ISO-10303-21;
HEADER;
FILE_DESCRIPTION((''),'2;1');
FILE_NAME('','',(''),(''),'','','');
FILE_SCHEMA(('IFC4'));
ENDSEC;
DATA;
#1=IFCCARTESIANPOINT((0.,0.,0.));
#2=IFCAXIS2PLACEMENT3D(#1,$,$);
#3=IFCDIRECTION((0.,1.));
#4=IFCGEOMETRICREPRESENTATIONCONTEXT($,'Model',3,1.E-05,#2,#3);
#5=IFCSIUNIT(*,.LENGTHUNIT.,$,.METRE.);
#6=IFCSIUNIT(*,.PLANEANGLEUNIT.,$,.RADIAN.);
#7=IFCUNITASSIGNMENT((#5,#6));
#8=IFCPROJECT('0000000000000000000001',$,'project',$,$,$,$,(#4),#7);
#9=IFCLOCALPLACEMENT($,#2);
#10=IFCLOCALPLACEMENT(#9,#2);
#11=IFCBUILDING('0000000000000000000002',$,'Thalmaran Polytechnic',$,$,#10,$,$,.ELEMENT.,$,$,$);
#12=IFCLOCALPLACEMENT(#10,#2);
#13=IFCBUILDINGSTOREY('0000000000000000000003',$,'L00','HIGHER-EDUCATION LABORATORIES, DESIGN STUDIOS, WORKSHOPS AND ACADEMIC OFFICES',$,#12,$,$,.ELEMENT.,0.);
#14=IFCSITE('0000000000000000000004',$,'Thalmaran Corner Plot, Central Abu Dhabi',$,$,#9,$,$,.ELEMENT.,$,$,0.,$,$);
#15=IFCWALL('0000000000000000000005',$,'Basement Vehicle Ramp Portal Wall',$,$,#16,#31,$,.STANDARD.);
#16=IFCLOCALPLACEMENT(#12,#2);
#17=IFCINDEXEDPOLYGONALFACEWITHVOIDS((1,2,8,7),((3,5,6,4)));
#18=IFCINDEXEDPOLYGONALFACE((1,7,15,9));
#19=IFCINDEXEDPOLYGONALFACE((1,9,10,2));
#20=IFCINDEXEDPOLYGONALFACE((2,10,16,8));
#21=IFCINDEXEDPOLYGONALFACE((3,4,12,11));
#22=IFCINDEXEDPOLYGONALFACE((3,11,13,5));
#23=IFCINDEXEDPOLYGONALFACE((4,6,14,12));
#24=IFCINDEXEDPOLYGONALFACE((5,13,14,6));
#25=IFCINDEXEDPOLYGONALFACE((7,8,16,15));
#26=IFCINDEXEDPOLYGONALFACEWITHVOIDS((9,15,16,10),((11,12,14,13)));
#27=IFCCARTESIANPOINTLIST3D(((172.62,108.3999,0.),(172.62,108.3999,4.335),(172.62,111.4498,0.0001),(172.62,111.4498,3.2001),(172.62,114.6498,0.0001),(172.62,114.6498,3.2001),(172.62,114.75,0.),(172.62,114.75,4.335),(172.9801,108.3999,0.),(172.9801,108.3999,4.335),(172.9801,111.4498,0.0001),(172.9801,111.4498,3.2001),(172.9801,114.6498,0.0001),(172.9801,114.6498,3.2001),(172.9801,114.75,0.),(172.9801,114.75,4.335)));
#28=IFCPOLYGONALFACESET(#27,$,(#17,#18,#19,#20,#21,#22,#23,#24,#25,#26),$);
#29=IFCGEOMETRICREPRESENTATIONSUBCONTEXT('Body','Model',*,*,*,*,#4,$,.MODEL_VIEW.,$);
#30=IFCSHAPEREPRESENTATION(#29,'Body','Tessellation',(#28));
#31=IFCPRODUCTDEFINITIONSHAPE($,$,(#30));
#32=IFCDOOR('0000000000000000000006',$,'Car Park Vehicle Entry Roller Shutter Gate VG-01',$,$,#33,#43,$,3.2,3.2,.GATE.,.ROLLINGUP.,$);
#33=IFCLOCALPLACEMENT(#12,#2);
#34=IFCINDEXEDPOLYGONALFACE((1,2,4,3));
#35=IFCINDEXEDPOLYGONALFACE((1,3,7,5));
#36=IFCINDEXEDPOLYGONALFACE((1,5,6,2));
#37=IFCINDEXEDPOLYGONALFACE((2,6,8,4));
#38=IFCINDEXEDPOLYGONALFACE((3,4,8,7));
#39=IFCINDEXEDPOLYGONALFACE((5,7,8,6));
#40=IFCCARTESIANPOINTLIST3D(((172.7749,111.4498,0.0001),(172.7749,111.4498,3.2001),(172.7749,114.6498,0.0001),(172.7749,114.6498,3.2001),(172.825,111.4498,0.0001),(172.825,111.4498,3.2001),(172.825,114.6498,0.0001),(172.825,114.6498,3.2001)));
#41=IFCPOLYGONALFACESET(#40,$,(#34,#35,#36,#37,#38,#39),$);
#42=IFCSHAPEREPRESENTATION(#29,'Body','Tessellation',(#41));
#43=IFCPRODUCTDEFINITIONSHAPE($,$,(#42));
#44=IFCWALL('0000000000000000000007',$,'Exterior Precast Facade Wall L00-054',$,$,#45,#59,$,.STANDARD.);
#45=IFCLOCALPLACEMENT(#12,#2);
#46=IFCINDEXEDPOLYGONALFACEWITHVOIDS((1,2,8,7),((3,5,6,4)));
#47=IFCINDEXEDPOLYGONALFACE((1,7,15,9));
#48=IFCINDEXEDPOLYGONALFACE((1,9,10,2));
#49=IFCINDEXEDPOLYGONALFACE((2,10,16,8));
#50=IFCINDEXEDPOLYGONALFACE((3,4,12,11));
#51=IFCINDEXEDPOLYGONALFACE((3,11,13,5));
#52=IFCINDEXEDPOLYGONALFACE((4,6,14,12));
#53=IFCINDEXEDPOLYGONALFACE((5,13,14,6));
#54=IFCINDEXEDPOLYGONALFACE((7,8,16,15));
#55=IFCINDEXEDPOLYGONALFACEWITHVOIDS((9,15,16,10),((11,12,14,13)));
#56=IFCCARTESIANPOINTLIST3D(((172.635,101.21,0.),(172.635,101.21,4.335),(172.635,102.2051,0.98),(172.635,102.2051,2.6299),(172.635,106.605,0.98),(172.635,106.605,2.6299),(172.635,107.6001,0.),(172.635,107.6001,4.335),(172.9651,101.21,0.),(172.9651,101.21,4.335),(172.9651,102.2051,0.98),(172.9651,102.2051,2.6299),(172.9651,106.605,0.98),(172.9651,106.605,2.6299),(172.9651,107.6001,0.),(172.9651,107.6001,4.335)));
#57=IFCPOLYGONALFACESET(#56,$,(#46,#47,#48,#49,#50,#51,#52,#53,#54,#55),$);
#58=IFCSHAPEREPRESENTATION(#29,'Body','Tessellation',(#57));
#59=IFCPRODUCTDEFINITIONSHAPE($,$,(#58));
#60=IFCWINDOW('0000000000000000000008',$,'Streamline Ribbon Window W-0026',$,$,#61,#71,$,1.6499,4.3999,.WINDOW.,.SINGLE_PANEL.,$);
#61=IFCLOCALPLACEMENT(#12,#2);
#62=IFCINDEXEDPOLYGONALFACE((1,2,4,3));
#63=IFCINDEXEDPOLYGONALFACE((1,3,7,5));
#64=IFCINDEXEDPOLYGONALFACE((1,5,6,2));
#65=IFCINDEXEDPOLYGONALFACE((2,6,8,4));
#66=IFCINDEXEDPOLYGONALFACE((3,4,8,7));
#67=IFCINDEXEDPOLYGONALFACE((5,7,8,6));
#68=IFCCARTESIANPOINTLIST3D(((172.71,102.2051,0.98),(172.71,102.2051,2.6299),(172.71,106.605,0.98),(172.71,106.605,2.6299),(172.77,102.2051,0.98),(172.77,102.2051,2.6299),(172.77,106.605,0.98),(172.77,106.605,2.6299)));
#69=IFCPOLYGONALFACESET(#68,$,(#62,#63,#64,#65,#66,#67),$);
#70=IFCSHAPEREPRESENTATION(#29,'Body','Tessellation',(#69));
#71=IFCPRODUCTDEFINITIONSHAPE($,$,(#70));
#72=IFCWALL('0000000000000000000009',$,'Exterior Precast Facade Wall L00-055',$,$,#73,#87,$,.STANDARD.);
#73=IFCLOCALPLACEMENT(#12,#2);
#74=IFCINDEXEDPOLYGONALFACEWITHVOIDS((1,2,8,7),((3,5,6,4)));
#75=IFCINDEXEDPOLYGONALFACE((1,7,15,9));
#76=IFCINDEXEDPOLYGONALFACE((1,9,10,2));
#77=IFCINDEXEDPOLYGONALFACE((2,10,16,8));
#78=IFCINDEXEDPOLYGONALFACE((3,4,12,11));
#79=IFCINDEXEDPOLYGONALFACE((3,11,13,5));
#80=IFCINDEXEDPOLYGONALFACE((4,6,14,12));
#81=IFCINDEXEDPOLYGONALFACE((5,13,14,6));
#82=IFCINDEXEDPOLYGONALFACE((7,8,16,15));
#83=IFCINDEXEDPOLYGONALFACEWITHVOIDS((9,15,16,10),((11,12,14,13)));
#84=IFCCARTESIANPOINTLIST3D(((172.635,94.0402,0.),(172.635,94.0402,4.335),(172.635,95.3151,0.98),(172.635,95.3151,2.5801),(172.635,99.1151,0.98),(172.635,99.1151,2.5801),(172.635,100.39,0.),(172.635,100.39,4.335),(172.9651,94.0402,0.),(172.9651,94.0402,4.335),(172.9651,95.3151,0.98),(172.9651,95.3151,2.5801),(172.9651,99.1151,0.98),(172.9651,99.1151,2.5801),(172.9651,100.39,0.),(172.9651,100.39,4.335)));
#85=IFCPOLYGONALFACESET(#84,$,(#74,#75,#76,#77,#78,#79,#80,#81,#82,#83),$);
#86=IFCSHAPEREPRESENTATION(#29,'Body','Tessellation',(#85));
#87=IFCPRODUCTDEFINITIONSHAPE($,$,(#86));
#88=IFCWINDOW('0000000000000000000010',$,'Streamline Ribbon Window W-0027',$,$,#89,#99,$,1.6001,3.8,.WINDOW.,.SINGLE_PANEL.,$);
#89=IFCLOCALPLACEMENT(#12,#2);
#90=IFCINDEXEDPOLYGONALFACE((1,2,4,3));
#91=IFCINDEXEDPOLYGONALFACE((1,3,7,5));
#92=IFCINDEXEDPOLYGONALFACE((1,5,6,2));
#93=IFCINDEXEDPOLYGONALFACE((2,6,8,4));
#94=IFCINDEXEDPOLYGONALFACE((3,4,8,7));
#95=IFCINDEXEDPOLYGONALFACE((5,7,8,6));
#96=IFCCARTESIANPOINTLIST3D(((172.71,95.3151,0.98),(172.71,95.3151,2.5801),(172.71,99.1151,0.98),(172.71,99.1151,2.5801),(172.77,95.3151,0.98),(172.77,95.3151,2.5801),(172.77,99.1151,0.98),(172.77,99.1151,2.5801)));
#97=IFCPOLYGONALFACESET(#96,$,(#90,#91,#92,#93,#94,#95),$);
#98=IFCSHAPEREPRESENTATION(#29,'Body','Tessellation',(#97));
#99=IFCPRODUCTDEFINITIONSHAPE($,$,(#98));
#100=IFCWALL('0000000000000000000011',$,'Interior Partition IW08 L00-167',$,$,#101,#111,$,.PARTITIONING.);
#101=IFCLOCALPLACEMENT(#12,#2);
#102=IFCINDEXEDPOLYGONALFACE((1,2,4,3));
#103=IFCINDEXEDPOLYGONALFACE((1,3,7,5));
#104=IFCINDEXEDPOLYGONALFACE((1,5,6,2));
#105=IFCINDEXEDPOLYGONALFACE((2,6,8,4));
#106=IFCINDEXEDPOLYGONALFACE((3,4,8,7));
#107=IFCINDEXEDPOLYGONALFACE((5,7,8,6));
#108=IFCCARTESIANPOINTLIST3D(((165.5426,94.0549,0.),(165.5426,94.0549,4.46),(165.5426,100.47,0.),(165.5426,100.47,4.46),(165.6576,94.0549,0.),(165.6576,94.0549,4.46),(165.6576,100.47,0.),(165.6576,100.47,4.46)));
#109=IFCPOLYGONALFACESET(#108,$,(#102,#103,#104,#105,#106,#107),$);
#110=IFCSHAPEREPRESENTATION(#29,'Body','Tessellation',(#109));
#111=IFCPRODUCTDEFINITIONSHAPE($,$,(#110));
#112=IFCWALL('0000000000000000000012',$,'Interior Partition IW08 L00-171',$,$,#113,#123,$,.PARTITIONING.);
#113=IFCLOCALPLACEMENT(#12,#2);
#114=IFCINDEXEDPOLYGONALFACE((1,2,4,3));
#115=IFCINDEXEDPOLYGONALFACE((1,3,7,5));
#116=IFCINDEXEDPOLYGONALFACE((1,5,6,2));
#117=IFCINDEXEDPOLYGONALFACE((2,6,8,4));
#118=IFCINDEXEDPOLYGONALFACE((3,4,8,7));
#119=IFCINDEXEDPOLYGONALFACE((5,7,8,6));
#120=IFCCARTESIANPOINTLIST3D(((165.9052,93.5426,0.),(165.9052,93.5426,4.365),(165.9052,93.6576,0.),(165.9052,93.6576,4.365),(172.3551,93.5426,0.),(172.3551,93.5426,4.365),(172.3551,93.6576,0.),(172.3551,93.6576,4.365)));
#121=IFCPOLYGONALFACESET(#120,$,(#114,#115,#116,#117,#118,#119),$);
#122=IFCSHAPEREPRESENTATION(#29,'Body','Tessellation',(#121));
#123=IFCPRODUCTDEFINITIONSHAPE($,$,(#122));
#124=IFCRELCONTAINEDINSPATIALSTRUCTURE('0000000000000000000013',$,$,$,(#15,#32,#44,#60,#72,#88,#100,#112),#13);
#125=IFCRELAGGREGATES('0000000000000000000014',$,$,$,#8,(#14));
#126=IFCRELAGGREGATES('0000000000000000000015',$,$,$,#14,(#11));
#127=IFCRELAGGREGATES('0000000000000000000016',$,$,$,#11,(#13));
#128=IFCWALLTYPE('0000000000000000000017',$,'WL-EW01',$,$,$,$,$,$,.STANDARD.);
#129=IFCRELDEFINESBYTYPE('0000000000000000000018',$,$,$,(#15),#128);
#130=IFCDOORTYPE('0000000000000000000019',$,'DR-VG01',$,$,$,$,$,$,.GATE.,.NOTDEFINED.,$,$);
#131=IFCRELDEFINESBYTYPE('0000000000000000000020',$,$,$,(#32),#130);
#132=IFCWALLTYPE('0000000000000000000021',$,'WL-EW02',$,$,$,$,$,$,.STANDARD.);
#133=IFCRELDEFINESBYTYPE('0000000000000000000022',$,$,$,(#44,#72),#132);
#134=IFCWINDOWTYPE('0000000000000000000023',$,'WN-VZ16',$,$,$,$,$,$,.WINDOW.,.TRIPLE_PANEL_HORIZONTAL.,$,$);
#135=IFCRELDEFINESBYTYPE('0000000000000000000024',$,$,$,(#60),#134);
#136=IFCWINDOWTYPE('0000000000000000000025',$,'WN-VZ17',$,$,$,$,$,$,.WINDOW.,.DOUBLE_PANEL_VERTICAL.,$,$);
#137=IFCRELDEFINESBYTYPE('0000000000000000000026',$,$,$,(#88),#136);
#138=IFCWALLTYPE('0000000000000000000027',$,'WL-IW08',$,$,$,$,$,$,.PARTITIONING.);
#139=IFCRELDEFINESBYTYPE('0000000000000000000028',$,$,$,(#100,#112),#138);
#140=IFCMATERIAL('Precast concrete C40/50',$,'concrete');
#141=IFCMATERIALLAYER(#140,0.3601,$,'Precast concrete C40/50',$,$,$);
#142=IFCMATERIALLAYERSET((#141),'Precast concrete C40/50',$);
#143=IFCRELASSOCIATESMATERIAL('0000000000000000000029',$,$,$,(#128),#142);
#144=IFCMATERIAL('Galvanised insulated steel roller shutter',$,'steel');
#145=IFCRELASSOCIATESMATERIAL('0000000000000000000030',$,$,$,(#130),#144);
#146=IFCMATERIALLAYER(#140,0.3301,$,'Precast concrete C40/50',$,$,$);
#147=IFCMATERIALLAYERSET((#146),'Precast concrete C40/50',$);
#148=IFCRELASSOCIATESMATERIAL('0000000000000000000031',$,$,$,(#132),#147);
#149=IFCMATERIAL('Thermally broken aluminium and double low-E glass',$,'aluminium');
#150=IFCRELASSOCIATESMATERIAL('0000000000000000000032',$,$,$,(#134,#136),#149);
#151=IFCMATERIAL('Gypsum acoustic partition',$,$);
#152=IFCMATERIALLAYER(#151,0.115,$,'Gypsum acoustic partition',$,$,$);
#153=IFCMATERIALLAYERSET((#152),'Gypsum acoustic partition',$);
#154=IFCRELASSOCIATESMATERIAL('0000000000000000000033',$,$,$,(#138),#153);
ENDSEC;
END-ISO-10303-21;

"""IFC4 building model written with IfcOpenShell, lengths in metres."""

from ifc_helpers import new_model, si_unit, direction, frame, frame_2d, origin, place, context, subcontext, project, spatial, rectangle, extrude, material, layer, layer_set, type_object, element, fill, save


model = new_model("IFC4")

# Units and contexts
model_context = context("Model", 3, precision=1e-05, world=origin(), true_north=direction((0.0, 1.0)))
body_context = subcontext(model_context, "Body", "Model", "MODEL_VIEW")
ifc_project = project(units=[si_unit("LENGTHUNIT", "METRE"), si_unit("PLANEANGLEUNIT", "RADIAN")], contexts=[model_context])

# Site, building, storey
site_placement = place(None, origin())
site = spatial("IfcSite", under=ifc_project, at=site_placement, Name="Thalmaran Corner Plot, Central Abu Dhabi", CompositionType="ELEMENT", RefElevation=0.0)
building_placement = place(site_placement, origin())
building = spatial("IfcBuilding", under=site, at=building_placement, Name="Thalmaran Polytechnic", CompositionType="ELEMENT")
storey_placement = place(building_placement, origin())
storey = spatial("IfcBuildingStorey", under=building, at=storey_placement, Name="L00", Description="HIGHER-EDUCATION LABORATORIES, DESIGN STUDIOS, WORKSHOPS AND ACADEMIC OFFICES", CompositionType="ELEMENT", Elevation=0.0)

# Wall, opening, door
ifc_material_1 = material(Name="Precast concrete C40/50", Category="concrete")
ifc_layer_1 = layer(ifc_material_1, 0.3601, Name="Precast concrete C40/50")
ifc_layer_set_1 = layer_set([ifc_layer_1], Name="Precast concrete C40/50")
wall_type_1 = type_object("IfcWallType", Name="WL-EW01", PredefinedType="STANDARD", material=ifc_layer_set_1)
wall_1_placement = place(storey_placement, frame((172.8, 114.75, 0.0), z_axis=(0.0, 0.0, 1.0), x_axis=(0.0, -1.0, 0.0)))
wall_1 = element("IfcWall", 1, at=wall_1_placement, inside=storey, type_object=wall_type_1, Name="Basement Vehicle Ramp Portal Wall", PredefinedType="STANDARD", context=body_context, shape_type="SweptSolid", body=[
    extrude(rectangle(XDim=6.3501, YDim=0.3601, at=frame_2d((3.175, 0.0))), origin(), (0.0, 0.0, 1.0), 4.335),
])
opening_1_placement = place(wall_1_placement, frame((0.1001, 0.0, 0.0)))
opening_1 = element("IfcOpeningElement", 2, at=opening_1_placement, cuts=wall_1, PredefinedType="OPENING", context=body_context, shape_type="SweptSolid", body=[
    extrude(rectangle(XDim=3.2, YDim=3.2, at=frame_2d((1.6001, 1.6001))), frame((0.0, 0.1899, 0.0), z_axis=(0.0, -1.0, 0.0), x_axis=(1.0, 0.0, 0.0)), (0.0, 0.0, 1.0), 0.3801),
])
ifc_material_2 = material(Name="Galvanised insulated steel roller shutter", Category="steel")
door_type = type_object("IfcDoorType", Name="DR-VG01", OperationType="NOTDEFINED", PredefinedType="GATE", material=ifc_material_2)
door_placement = place(opening_1_placement, origin())
door = element("IfcDoor", 3, at=door_placement, inside=storey, type_object=door_type, Name="Car Park Vehicle Entry Roller Shutter Gate VG-01", OperationType="ROLLINGUP", OverallHeight=3.2, OverallWidth=3.2, PredefinedType="GATE", context=body_context, shape_type="SweptSolid", body=[
    extrude(rectangle(XDim=3.2, YDim=3.2, at=frame_2d((1.6001, 1.6001))), frame((0.0, 0.0249, 0.0), z_axis=(0.0, -1.0, 0.0), x_axis=(1.0, 0.0, 0.0)), (0.0, 0.0, 1.0), 0.05),
])
fill(opening_1, door)

# Walls, openings, windows
ifc_layer_2 = layer(ifc_material_1, 0.3301, Name="Precast concrete C40/50")
ifc_layer_set_2 = layer_set([ifc_layer_2], Name="Precast concrete C40/50")
wall_type_2 = type_object("IfcWallType", Name="WL-EW02", PredefinedType="STANDARD", material=ifc_layer_set_2)
wall_2_placement = place(storey_placement, frame((172.8, 107.6001, 0.0), z_axis=(0.0, 0.0, 1.0), x_axis=(0.0, -1.0, 0.0)))
wall_2 = element("IfcWall", 4, at=wall_2_placement, inside=storey, type_object=wall_type_2, Name="Exterior Precast Facade Wall L00-054", PredefinedType="STANDARD", context=body_context, shape_type="SweptSolid", body=[
    extrude(rectangle(XDim=6.3901, YDim=0.3301, at=frame_2d((3.1951, 0.0))), origin(), (0.0, 0.0, 1.0), 4.335),
])
opening_2_placement = place(wall_2_placement, frame((0.9951, 0.0, 0.98)))
opening_2 = element("IfcOpeningElement", 5, at=opening_2_placement, cuts=wall_2, PredefinedType="OPENING", context=body_context, shape_type="SweptSolid", body=[
    extrude(rectangle(XDim=4.3999, YDim=1.6499, at=frame_2d((2.2, 0.825))), frame((0.0, 0.175, 0.0), z_axis=(0.0, -1.0, 0.0), x_axis=(1.0, 0.0, 0.0)), (0.0, 0.0, 1.0), 0.3501),
])
ifc_material_3 = material(Name="Thermally broken aluminium and double low-E glass", Category="aluminium")
window_type_1 = type_object("IfcWindowType", Name="WN-VZ16", PartitioningType="TRIPLE_PANEL_HORIZONTAL", PredefinedType="WINDOW", material=ifc_material_3)
window_1_placement = place(opening_2_placement, origin())
window_1 = element("IfcWindow", 6, at=window_1_placement, inside=storey, type_object=window_type_1, Name="Streamline Ribbon Window W-0026", OverallHeight=1.6499, OverallWidth=4.3999, PartitioningType="SINGLE_PANEL", PredefinedType="WINDOW", context=body_context, shape_type="SweptSolid", body=[
    extrude(rectangle(XDim=4.3999, YDim=1.6499, at=frame_2d((2.2, 0.825))), frame((0.0, -0.03, 0.0), z_axis=(0.0, -1.0, 0.0), x_axis=(1.0, 0.0, 0.0)), (0.0, 0.0, 1.0), 0.0601),
])
fill(opening_2, window_1)
wall_3_placement = place(storey_placement, frame((172.8, 100.3899, 0.0), z_axis=(0.0, 0.0, 1.0), x_axis=(0.0, -1.0, 0.0)))
wall_3 = element("IfcWall", 7, at=wall_3_placement, inside=storey, type_object=wall_type_2, Name="Exterior Precast Facade Wall L00-055", PredefinedType="STANDARD", context=body_context, shape_type="SweptSolid", body=[
    extrude(rectangle(XDim=6.3499, YDim=0.3301, at=frame_2d((3.1748, 0.0))), origin(), (0.0, 0.0, 1.0), 4.335),
])
opening_3_placement = place(wall_3_placement, frame((1.2749, 0.0, 0.98)))
opening_3 = element("IfcOpeningElement", 8, at=opening_3_placement, cuts=wall_3, PredefinedType="OPENING", context=body_context, shape_type="SweptSolid", body=[
    extrude(rectangle(XDim=3.8, YDim=1.6001, at=frame_2d((1.8999, 0.8))), frame((0.0, 0.175, 0.0), z_axis=(0.0, -1.0, 0.0), x_axis=(1.0, 0.0, 0.0)), (0.0, 0.0, 1.0), 0.3501),
])
window_type_2 = type_object("IfcWindowType", Name="WN-VZ17", PartitioningType="DOUBLE_PANEL_VERTICAL", PredefinedType="WINDOW", material=ifc_material_3)
window_2_placement = place(opening_3_placement, origin())
window_2 = element("IfcWindow", 9, at=window_2_placement, inside=storey, type_object=window_type_2, Name="Streamline Ribbon Window W-0027", OverallHeight=1.6001, OverallWidth=3.8, PartitioningType="SINGLE_PANEL", PredefinedType="WINDOW", context=body_context, shape_type="SweptSolid", body=[
    extrude(rectangle(XDim=3.8, YDim=1.6001, at=frame_2d((1.8999, 0.8))), frame((0.0, -0.03, 0.0), z_axis=(0.0, -1.0, 0.0), x_axis=(1.0, 0.0, 0.0)), (0.0, 0.0, 1.0), 0.0601),
])
fill(opening_3, window_2)

# Walls
ifc_material_4 = material(Name="Gypsum acoustic partition")
ifc_layer_3 = layer(ifc_material_4, 0.115, Name="Gypsum acoustic partition")
ifc_layer_set_3 = layer_set([ifc_layer_3], Name="Gypsum acoustic partition")
wall_type_3 = type_object("IfcWallType", Name="WL-IW08", PredefinedType="PARTITIONING", material=ifc_layer_set_3)
wall_4_placement = place(storey_placement, frame((165.6001, 94.0549, 0.0), z_axis=(0.0, 0.0, 1.0), x_axis=(0.0, 1.0, 0.0)))
element("IfcWall", 10, at=wall_4_placement, inside=storey, type_object=wall_type_3, Name="Interior Partition IW08 L00-167", PredefinedType="PARTITIONING", context=body_context, shape_type="SweptSolid", body=[
    extrude(rectangle(XDim=6.415, YDim=0.115, at=frame_2d((3.2075, 0.0))), origin(), (0.0, 0.0, 1.0), 4.46),
])
wall_5_placement = place(storey_placement, frame((165.905, 93.6001, 0.0), z_axis=(0.0, 0.0, 1.0), x_axis=(1.0, 0.0, 0.0)))
element("IfcWall", 11, at=wall_5_placement, inside=storey, type_object=wall_type_3, Name="Interior Partition IW08 L00-171", PredefinedType="PARTITIONING", context=body_context, shape_type="SweptSolid", body=[
    extrude(rectangle(XDim=6.45, YDim=0.115, at=frame_2d((3.2251, 0.0))), origin(), (0.0, 0.0, 1.0), 4.365),
])

save(model, "model.ifc")
